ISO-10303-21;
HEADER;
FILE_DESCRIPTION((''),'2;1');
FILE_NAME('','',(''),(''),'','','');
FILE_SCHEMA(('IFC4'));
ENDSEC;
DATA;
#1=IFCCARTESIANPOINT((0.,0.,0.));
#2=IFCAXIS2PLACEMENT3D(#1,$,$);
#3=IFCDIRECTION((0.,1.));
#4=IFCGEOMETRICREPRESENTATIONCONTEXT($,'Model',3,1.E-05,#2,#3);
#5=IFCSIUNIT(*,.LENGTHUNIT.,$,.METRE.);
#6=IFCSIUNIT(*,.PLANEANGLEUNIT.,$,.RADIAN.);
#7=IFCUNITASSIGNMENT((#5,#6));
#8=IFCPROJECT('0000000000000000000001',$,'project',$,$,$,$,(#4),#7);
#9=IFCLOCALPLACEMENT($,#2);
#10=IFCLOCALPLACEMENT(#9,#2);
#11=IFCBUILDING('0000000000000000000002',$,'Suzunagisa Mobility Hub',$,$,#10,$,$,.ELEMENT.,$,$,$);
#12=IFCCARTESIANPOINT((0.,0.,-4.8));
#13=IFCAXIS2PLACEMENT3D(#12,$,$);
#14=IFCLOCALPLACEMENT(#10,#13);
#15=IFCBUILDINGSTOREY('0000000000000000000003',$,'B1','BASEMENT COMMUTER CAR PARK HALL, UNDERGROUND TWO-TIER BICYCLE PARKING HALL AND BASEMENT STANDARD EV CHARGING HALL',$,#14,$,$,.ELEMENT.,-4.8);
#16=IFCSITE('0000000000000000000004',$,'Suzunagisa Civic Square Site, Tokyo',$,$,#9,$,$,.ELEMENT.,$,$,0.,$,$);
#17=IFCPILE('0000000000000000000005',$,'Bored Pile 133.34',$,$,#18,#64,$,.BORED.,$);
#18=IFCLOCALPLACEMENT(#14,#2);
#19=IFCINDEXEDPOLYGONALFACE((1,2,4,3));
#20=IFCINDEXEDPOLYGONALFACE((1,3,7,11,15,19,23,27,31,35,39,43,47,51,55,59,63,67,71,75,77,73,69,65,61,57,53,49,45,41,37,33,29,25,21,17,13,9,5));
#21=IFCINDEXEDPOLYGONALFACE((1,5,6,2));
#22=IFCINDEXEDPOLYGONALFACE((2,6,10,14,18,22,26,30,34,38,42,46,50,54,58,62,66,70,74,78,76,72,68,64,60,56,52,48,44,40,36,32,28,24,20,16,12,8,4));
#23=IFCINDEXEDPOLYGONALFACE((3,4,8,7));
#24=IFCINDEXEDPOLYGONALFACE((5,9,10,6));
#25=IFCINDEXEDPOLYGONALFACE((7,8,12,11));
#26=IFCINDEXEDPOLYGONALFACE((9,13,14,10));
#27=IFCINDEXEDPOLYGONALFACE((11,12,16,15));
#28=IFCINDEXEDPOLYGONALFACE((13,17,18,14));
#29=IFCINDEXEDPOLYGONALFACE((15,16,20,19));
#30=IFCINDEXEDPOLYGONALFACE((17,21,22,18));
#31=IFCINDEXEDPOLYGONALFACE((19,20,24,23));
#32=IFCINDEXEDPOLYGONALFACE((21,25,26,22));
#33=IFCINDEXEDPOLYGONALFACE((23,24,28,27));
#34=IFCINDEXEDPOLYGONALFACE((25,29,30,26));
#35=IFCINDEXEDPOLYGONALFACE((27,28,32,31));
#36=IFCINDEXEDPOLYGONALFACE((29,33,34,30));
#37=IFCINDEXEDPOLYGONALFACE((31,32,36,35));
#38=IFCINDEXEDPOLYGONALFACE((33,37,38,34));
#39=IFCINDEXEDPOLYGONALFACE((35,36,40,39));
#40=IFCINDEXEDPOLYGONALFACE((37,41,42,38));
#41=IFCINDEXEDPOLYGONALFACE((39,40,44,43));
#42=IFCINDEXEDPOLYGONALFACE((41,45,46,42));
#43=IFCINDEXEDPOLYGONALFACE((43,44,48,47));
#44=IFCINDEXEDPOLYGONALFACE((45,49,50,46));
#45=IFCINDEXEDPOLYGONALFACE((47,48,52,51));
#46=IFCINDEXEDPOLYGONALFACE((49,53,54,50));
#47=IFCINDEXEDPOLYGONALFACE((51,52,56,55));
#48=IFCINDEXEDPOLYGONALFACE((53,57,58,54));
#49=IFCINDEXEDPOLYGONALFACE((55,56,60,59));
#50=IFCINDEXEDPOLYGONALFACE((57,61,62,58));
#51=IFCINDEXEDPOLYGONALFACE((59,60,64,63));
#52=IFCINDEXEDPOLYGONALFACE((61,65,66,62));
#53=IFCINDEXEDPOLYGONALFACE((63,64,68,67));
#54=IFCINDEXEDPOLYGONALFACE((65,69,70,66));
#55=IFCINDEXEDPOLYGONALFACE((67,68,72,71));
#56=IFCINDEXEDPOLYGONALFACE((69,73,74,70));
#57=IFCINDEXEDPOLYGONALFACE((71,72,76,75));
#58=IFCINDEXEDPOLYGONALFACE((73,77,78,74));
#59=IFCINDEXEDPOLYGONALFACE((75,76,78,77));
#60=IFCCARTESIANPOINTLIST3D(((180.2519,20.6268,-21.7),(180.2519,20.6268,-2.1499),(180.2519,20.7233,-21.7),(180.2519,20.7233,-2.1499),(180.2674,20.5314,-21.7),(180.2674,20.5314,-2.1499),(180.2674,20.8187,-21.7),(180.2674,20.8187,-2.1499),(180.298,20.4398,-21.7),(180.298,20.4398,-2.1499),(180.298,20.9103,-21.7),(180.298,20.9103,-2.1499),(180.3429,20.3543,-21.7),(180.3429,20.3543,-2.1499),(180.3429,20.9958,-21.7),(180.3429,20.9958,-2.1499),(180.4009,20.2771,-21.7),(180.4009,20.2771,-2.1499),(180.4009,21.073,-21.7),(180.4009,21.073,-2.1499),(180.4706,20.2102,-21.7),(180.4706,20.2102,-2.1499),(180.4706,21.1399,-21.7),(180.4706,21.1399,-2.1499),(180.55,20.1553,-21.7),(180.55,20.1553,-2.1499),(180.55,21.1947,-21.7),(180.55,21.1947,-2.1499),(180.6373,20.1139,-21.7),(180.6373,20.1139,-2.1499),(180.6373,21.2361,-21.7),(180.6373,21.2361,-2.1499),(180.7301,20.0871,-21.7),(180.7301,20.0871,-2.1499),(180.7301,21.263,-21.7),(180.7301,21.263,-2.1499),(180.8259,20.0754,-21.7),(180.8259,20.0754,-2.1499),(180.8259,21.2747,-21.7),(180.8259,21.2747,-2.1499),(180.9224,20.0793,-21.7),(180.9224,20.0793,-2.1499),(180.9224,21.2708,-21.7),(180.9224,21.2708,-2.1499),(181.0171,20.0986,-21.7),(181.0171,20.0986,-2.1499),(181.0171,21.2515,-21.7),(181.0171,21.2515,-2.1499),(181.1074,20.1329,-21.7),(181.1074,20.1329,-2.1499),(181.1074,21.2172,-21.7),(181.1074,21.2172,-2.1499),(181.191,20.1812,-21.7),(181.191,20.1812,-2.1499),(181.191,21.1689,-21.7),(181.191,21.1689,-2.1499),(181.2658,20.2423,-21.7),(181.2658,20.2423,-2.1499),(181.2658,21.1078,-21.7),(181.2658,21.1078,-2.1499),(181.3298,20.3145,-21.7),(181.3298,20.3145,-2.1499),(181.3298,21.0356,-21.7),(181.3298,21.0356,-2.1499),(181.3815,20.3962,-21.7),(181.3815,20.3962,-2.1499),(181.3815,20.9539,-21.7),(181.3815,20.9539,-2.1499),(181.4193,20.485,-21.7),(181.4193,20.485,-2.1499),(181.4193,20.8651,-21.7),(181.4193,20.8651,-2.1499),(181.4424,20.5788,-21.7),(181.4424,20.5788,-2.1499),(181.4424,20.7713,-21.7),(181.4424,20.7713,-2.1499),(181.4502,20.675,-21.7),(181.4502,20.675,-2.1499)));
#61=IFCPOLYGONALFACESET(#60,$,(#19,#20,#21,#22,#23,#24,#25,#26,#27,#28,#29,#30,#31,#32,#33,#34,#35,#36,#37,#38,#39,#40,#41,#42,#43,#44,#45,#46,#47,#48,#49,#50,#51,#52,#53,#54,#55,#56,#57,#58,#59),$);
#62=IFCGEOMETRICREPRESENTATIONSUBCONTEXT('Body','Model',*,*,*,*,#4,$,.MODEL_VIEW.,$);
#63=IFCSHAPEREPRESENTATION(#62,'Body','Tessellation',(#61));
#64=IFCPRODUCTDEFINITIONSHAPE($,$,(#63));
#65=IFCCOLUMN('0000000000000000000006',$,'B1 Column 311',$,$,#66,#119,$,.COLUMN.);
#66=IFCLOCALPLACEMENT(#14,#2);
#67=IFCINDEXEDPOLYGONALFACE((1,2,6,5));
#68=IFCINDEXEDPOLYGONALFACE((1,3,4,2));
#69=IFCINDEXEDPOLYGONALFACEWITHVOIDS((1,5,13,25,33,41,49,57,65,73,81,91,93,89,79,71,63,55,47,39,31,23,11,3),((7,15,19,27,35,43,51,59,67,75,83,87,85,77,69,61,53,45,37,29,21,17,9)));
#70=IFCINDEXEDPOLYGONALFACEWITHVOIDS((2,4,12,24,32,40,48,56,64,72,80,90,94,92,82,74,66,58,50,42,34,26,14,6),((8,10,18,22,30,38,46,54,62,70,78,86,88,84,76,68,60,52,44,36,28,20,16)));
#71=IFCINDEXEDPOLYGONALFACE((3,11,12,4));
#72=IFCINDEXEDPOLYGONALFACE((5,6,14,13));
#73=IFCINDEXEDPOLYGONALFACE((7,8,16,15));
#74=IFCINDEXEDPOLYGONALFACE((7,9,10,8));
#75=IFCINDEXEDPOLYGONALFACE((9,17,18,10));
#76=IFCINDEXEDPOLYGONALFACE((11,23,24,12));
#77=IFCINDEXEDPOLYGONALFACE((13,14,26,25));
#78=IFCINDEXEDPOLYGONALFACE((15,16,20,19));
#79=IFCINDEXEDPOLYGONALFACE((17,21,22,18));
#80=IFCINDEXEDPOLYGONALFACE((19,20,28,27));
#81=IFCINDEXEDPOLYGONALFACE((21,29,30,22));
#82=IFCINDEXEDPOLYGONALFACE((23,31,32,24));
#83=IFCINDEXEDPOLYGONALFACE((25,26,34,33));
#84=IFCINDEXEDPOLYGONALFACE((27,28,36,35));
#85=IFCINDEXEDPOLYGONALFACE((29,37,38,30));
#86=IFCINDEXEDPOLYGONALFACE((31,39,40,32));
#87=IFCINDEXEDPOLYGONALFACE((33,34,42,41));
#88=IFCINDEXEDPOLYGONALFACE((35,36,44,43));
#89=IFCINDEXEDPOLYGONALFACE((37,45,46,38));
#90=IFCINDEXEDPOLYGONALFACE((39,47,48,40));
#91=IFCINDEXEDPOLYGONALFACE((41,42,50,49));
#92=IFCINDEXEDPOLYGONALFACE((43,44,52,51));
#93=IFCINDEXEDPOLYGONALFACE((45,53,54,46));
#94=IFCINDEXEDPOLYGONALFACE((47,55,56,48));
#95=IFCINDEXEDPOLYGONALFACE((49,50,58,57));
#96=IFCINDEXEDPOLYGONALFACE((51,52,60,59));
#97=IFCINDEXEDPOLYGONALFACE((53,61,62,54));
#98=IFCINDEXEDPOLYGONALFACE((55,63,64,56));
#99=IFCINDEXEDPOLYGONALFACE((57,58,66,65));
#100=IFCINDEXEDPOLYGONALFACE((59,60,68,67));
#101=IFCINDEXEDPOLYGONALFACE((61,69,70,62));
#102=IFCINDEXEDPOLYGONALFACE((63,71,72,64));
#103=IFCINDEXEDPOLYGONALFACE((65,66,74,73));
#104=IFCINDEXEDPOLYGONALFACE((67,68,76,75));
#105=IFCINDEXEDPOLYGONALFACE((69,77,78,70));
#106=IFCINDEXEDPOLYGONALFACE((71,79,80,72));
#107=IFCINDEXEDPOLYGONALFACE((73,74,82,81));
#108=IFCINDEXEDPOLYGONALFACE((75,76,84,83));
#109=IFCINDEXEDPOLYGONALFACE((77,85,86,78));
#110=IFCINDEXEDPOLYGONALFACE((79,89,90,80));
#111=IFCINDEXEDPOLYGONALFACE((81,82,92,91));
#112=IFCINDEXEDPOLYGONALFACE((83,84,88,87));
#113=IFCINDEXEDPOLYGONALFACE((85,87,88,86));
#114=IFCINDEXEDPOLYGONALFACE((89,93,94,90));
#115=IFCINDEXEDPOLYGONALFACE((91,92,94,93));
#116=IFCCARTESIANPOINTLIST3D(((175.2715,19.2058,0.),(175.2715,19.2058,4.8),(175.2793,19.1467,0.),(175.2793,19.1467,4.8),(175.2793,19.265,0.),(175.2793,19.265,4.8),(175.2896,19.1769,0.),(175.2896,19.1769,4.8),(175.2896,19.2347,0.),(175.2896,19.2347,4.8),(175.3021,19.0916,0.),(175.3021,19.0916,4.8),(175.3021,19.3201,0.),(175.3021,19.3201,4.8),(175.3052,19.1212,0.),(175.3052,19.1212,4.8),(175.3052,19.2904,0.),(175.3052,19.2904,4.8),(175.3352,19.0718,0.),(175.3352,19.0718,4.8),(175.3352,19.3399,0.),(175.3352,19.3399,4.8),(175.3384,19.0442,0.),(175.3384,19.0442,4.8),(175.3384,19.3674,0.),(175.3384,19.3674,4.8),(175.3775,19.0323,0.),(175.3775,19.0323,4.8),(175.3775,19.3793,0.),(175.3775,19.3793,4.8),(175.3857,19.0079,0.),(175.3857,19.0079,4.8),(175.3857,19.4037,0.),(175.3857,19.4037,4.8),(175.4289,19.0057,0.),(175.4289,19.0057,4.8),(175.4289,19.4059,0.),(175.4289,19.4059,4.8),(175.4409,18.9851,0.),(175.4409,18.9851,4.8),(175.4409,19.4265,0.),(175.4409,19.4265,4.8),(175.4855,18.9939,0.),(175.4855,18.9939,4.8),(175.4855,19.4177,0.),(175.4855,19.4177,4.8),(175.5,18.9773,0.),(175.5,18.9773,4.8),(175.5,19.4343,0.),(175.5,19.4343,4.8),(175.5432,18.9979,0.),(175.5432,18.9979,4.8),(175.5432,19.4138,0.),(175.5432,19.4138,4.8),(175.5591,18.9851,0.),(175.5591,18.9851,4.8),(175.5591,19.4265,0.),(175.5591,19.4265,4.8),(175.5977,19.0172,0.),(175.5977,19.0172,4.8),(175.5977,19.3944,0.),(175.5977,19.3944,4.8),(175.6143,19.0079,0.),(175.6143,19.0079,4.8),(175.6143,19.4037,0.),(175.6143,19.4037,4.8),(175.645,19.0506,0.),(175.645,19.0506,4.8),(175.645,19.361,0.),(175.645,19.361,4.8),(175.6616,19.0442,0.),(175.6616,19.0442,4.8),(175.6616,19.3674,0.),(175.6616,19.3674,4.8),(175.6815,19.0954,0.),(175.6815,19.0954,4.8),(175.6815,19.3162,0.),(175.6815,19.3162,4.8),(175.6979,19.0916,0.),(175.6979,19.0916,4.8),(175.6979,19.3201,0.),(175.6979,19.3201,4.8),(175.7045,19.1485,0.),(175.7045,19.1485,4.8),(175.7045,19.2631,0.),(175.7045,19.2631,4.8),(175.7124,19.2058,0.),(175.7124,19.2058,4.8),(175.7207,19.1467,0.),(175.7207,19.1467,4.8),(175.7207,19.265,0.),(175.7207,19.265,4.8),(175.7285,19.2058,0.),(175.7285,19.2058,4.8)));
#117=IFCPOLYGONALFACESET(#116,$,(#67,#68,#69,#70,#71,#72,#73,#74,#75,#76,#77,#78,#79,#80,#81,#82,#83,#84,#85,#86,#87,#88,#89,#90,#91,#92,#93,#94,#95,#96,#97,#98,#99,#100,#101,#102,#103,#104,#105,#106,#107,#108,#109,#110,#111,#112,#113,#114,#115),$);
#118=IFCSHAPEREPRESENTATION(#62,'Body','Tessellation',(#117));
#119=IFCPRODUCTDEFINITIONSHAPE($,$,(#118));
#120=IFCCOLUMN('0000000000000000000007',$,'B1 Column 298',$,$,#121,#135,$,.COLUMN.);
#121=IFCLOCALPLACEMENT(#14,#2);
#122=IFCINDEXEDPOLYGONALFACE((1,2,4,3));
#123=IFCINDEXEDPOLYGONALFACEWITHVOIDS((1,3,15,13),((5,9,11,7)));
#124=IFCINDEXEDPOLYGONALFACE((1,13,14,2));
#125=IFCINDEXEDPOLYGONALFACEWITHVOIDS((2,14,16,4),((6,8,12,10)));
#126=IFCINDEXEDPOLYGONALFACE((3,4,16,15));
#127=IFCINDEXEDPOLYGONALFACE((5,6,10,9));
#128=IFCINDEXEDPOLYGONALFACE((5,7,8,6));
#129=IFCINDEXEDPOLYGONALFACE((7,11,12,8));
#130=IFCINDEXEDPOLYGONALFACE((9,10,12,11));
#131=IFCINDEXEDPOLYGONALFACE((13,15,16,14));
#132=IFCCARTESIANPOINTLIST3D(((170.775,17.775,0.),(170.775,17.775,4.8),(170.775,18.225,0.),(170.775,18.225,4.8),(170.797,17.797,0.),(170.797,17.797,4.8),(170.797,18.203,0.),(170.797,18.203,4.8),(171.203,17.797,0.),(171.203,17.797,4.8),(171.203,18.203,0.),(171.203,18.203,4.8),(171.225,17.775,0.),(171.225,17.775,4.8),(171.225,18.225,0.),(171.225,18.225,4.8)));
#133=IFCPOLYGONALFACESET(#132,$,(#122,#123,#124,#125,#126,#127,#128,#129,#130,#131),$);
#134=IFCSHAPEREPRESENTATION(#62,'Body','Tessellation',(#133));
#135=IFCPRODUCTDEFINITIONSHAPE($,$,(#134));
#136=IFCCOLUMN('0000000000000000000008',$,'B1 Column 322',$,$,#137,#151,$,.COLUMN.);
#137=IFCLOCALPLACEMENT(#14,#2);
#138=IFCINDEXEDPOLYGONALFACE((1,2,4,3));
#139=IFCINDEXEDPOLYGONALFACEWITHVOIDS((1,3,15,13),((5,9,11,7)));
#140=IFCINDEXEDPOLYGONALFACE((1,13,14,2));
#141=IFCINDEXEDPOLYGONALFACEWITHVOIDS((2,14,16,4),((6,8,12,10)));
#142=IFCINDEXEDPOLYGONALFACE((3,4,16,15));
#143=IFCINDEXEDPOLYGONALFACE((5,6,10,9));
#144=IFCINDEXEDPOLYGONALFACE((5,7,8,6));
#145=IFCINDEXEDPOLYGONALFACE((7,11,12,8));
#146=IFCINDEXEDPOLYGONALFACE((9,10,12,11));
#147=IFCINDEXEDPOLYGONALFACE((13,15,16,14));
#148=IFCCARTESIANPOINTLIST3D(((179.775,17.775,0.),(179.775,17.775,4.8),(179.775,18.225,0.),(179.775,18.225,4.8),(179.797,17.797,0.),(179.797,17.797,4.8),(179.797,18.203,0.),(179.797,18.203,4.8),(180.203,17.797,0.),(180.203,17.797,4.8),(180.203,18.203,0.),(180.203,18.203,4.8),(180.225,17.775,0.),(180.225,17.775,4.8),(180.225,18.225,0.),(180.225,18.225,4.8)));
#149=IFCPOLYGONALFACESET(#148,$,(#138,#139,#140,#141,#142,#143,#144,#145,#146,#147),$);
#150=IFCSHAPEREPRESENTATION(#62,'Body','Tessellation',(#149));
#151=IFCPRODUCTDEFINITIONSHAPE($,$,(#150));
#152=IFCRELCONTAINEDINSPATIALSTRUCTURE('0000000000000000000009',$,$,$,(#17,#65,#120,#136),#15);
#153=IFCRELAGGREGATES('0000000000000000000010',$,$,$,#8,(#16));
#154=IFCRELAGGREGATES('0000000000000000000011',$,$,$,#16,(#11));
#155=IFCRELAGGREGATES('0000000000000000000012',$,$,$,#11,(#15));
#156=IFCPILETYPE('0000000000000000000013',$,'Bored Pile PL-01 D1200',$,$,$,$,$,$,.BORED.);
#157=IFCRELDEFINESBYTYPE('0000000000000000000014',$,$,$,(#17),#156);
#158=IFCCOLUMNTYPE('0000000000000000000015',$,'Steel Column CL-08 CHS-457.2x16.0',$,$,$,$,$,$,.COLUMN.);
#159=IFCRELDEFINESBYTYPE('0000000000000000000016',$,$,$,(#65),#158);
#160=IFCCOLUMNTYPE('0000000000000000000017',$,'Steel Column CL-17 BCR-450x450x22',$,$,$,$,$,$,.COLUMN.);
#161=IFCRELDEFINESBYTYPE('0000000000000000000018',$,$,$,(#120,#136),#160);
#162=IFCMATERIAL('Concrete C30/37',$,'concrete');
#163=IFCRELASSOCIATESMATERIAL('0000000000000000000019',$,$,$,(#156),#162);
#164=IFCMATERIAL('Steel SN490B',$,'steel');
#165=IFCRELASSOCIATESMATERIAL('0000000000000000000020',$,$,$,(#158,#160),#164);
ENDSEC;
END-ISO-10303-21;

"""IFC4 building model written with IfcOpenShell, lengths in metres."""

from ifc_helpers import new_model, si_unit, direction, frame, origin, origin_2d, place, context, subcontext, project, spatial, hollow_rectangle, circle, hollow_circle, extrude, material, material_profile, profile_set, type_object, element, save


model = new_model("IFC4")

# Units and contexts
model_context = context("Model", 3, precision=1e-05, world=origin(), true_north=direction((0.0, 1.0)))
body_context = subcontext(model_context, "Body", "Model", "MODEL_VIEW")
ifc_project = project(units=[si_unit("LENGTHUNIT", "METRE"), si_unit("PLANEANGLEUNIT", "RADIAN")], contexts=[model_context])

# Site, building, storey
site_placement = place(None, origin())
site = spatial("IfcSite", under=ifc_project, at=site_placement, Name="Suzunagisa Civic Square Site, Tokyo", CompositionType="ELEMENT", RefElevation=0.0)
building_placement = place(site_placement, origin())
building = spatial("IfcBuilding", under=site, at=building_placement, Name="Suzunagisa Mobility Hub", CompositionType="ELEMENT")
storey_placement = place(building_placement, frame((0.0, 0.0, -4.8)))
storey = spatial("IfcBuildingStorey", under=building, at=storey_placement, Name="B1", Description="BASEMENT COMMUTER CAR PARK HALL, UNDERGROUND TWO-TIER BICYCLE PARKING HALL AND BASEMENT STANDARD EV CHARGING HALL", CompositionType="ELEMENT", Elevation=-4.8)

# Pile
ifc_material_1 = material(Name="Concrete C30/37", Category="concrete")
ifc_material_profile_1 = material_profile(ifc_material_1, circle(Radius=0.6001, at=origin_2d()), Name="BORED PILE D1200")
ifc_profile_set_1 = profile_set([ifc_material_profile_1], Name="Concrete C30/37")
pile_type = type_object("IfcPileType", Name="Bored Pile PL-01 D1200", PredefinedType="BORED", material=ifc_profile_set_1)
for number, where, z_axis, x_axis, name in (
    (1, (180.8501, 20.675, -2.1499), (0.0, 0.0, -1.0), (1.0, 0.0, 0.0), "Bored Pile 133.34"),
):
    element("IfcPile", number, at=place(storey_placement, frame(where, z_axis=z_axis, x_axis=x_axis)), inside=storey, type_object=pile_type, Name=name, PredefinedType="BORED", context=body_context, shape_type="SweptSolid", body=[
        extrude(circle(Radius=0.6001, at=origin_2d()), origin(), (0.0, 0.0, 1.0), 19.55),
    ])

# Columns
ifc_material_2 = material(Name="Steel SN490B", Category="steel")
ifc_material_profile_2 = material_profile(ifc_material_2, hollow_circle(Radius=0.2285, WallThickness=0.0161, at=origin_2d()), Name="CHS-457.2x16.0")
ifc_profile_set_2 = profile_set([ifc_material_profile_2], Name="Steel SN490B")
column_type_1 = type_object("IfcColumnType", Name="Steel Column CL-08 CHS-457.2x16.0", PredefinedType="COLUMN", material=ifc_profile_set_2)
column_placement = place(storey_placement, frame((175.5, 19.2058, 0.0), z_axis=(0.0, 0.0, 1.0), x_axis=(1.0, 0.0, 0.0)))
element("IfcColumn", 2, at=column_placement, inside=storey, type_object=column_type_1, Name="B1 Column 311", PredefinedType="COLUMN", context=body_context, shape_type="SweptSolid", body=[
    extrude(hollow_circle(Radius=0.2285, WallThickness=0.0161, at=origin_2d()), origin(), (0.0, 0.0, 1.0), 4.8),
])
ifc_material_profile_3 = material_profile(ifc_material_2, hollow_rectangle(XDim=0.45, YDim=0.45, WallThickness=0.022, at=origin_2d()), Name="BCR-450x450x22")
ifc_profile_set_3 = profile_set([ifc_material_profile_3], Name="Steel SN490B")
column_type_2 = type_object("IfcColumnType", Name="Steel Column CL-17 BCR-450x450x22", PredefinedType="COLUMN", material=ifc_profile_set_3)
for number, where, z_axis, x_axis, name in (
    (3, (171.0, 18.0, 0.0), (0.0, 0.0, 1.0), (1.0, 0.0, 0.0), "B1 Column 298"),
    (4, (180.0, 18.0, 0.0), (0.0, 0.0, 1.0), (1.0, 0.0, 0.0), "B1 Column 322"),
):
    element("IfcColumn", number, at=place(storey_placement, frame(where, z_axis=z_axis, x_axis=x_axis)), inside=storey, type_object=column_type_2, Name=name, PredefinedType="COLUMN", context=body_context, shape_type="SweptSolid", body=[
        extrude(hollow_rectangle(XDim=0.45, YDim=0.45, WallThickness=0.022, at=origin_2d()), origin(), (0.0, 0.0, 1.0), 4.8),
    ])

save(model, "model.ifc")
